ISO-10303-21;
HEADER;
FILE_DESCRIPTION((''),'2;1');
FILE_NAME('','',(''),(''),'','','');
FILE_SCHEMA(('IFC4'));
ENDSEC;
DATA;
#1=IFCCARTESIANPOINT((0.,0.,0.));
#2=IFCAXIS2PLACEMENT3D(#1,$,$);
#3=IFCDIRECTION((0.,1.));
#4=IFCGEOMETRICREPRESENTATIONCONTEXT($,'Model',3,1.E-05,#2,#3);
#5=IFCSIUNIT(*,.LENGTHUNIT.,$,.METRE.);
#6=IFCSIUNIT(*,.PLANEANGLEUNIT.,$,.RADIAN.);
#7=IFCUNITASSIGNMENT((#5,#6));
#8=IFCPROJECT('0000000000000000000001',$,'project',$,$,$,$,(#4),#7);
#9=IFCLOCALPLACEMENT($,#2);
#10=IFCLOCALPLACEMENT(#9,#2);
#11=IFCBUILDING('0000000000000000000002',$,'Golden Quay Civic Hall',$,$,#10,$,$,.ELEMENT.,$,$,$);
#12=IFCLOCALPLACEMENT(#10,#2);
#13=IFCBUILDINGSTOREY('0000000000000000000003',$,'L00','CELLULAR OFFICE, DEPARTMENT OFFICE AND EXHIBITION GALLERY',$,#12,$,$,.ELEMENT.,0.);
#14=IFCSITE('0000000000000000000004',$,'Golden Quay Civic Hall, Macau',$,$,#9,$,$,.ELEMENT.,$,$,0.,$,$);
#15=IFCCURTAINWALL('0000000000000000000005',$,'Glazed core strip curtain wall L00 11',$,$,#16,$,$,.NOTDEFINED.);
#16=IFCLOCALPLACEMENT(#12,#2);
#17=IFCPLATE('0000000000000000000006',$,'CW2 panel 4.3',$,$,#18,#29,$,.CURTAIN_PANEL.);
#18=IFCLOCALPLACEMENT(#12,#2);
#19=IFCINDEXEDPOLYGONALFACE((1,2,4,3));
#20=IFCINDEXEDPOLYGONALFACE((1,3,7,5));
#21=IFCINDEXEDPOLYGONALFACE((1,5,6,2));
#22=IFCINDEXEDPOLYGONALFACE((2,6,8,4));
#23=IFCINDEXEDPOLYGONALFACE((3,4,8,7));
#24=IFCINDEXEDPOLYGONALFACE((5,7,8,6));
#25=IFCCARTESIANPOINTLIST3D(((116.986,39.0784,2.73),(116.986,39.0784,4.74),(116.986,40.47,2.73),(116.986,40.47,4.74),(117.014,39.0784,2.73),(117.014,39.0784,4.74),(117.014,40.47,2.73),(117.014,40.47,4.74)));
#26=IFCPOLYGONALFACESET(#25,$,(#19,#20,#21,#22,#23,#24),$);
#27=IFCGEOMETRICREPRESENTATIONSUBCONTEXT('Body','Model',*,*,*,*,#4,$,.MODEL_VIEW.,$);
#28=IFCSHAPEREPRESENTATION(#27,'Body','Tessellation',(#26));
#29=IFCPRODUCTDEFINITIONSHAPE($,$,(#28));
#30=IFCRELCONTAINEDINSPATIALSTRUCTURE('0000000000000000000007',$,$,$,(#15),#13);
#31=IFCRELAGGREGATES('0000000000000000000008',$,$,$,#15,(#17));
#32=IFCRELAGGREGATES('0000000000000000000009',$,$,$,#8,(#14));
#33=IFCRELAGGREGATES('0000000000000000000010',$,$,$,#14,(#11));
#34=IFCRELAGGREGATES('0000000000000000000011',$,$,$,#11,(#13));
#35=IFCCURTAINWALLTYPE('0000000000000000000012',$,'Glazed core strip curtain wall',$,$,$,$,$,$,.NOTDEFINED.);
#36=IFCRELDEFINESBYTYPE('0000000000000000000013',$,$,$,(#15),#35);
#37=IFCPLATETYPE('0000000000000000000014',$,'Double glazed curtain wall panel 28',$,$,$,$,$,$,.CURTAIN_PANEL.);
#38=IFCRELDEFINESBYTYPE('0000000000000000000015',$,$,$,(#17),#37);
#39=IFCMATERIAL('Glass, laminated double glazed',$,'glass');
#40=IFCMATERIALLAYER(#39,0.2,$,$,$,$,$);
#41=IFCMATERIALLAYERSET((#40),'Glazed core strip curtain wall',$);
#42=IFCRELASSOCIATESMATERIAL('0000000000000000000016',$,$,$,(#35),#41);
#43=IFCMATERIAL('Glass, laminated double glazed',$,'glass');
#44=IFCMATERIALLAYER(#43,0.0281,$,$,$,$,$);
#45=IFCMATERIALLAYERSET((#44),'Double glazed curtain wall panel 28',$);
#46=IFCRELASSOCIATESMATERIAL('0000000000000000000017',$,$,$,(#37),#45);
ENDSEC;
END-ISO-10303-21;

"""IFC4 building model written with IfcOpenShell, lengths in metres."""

from ifc_helpers import new_model, si_unit, direction, frame, origin, origin_2d, place, context, subcontext, project, spatial, rectangle, extrude, material, layer, layer_set, type_object, element, aggregate, save


model = new_model("IFC4")

# Units and contexts
model_context = context("Model", 3, precision=1e-05, world=origin(), true_north=direction((0.0, 1.0)))
body_context = subcontext(model_context, "Body", "Model", "MODEL_VIEW")
ifc_project = project(units=[si_unit("LENGTHUNIT", "METRE"), si_unit("PLANEANGLEUNIT", "RADIAN")], contexts=[model_context])

# Site, building, storey
site_placement = place(None, origin())
site = spatial("IfcSite", under=ifc_project, at=site_placement, Name="Golden Quay Civic Hall, Macau", CompositionType="ELEMENT", RefElevation=0.0)
building_placement = place(site_placement, origin())
building = spatial("IfcBuilding", under=site, at=building_placement, Name="Golden Quay Civic Hall", CompositionType="ELEMENT")
storey_placement = place(building_placement, origin())
storey = spatial("IfcBuildingStorey", under=building, at=storey_placement, Name="L00", Description="CELLULAR OFFICE, DEPARTMENT OFFICE AND EXHIBITION GALLERY", CompositionType="ELEMENT", Elevation=0.0)

# Curtain wall, plate
ifc_material_1 = material(Name="Glass, laminated double glazed", Category="glass")
ifc_layer_1 = layer(ifc_material_1, 0.2)
ifc_layer_set_1 = layer_set([ifc_layer_1], Name="Glazed core strip curtain wall")
curtain_wall_type = type_object("IfcCurtainWallType", Name="Glazed core strip curtain wall", PredefinedType="NOTDEFINED", material=ifc_layer_set_1)
curtain_wall_placement = place(storey_placement, origin())
curtain_wall = element("IfcCurtainWall", 1, at=curtain_wall_placement, inside=storey, type_object=curtain_wall_type, Name="Glazed core strip curtain wall L00 11", PredefinedType="NOTDEFINED")
ifc_material_2 = material(Name="Glass, laminated double glazed", Category="glass")
ifc_layer_2 = layer(ifc_material_2, 0.0281)
ifc_layer_set_2 = layer_set([ifc_layer_2], Name="Double glazed curtain wall panel 28")
plate_type = type_object("IfcPlateType", Name="Double glazed curtain wall panel 28", PredefinedType="CURTAIN_PANEL", material=ifc_layer_set_2)
plate_1_placement = place(storey_placement, frame((117.0, 39.7742, 2.73), z_axis=(0.0, 0.0, 1.0), x_axis=(0.0, -1.0, 0.0)))
plate_1 = element("IfcPlate", 2, at=plate_1_placement, type_object=plate_type, Name="CW2 panel 4.3", PredefinedType="CURTAIN_PANEL", context=body_context, shape_type="SweptSolid", body=[
    extrude(rectangle(XDim=1.3916, YDim=0.0281, at=origin_2d()), origin(), (0.0, 0.0, 1.0), 2.01),
])
aggregate(curtain_wall, [plate_1])

save(model, "model.ifc")
